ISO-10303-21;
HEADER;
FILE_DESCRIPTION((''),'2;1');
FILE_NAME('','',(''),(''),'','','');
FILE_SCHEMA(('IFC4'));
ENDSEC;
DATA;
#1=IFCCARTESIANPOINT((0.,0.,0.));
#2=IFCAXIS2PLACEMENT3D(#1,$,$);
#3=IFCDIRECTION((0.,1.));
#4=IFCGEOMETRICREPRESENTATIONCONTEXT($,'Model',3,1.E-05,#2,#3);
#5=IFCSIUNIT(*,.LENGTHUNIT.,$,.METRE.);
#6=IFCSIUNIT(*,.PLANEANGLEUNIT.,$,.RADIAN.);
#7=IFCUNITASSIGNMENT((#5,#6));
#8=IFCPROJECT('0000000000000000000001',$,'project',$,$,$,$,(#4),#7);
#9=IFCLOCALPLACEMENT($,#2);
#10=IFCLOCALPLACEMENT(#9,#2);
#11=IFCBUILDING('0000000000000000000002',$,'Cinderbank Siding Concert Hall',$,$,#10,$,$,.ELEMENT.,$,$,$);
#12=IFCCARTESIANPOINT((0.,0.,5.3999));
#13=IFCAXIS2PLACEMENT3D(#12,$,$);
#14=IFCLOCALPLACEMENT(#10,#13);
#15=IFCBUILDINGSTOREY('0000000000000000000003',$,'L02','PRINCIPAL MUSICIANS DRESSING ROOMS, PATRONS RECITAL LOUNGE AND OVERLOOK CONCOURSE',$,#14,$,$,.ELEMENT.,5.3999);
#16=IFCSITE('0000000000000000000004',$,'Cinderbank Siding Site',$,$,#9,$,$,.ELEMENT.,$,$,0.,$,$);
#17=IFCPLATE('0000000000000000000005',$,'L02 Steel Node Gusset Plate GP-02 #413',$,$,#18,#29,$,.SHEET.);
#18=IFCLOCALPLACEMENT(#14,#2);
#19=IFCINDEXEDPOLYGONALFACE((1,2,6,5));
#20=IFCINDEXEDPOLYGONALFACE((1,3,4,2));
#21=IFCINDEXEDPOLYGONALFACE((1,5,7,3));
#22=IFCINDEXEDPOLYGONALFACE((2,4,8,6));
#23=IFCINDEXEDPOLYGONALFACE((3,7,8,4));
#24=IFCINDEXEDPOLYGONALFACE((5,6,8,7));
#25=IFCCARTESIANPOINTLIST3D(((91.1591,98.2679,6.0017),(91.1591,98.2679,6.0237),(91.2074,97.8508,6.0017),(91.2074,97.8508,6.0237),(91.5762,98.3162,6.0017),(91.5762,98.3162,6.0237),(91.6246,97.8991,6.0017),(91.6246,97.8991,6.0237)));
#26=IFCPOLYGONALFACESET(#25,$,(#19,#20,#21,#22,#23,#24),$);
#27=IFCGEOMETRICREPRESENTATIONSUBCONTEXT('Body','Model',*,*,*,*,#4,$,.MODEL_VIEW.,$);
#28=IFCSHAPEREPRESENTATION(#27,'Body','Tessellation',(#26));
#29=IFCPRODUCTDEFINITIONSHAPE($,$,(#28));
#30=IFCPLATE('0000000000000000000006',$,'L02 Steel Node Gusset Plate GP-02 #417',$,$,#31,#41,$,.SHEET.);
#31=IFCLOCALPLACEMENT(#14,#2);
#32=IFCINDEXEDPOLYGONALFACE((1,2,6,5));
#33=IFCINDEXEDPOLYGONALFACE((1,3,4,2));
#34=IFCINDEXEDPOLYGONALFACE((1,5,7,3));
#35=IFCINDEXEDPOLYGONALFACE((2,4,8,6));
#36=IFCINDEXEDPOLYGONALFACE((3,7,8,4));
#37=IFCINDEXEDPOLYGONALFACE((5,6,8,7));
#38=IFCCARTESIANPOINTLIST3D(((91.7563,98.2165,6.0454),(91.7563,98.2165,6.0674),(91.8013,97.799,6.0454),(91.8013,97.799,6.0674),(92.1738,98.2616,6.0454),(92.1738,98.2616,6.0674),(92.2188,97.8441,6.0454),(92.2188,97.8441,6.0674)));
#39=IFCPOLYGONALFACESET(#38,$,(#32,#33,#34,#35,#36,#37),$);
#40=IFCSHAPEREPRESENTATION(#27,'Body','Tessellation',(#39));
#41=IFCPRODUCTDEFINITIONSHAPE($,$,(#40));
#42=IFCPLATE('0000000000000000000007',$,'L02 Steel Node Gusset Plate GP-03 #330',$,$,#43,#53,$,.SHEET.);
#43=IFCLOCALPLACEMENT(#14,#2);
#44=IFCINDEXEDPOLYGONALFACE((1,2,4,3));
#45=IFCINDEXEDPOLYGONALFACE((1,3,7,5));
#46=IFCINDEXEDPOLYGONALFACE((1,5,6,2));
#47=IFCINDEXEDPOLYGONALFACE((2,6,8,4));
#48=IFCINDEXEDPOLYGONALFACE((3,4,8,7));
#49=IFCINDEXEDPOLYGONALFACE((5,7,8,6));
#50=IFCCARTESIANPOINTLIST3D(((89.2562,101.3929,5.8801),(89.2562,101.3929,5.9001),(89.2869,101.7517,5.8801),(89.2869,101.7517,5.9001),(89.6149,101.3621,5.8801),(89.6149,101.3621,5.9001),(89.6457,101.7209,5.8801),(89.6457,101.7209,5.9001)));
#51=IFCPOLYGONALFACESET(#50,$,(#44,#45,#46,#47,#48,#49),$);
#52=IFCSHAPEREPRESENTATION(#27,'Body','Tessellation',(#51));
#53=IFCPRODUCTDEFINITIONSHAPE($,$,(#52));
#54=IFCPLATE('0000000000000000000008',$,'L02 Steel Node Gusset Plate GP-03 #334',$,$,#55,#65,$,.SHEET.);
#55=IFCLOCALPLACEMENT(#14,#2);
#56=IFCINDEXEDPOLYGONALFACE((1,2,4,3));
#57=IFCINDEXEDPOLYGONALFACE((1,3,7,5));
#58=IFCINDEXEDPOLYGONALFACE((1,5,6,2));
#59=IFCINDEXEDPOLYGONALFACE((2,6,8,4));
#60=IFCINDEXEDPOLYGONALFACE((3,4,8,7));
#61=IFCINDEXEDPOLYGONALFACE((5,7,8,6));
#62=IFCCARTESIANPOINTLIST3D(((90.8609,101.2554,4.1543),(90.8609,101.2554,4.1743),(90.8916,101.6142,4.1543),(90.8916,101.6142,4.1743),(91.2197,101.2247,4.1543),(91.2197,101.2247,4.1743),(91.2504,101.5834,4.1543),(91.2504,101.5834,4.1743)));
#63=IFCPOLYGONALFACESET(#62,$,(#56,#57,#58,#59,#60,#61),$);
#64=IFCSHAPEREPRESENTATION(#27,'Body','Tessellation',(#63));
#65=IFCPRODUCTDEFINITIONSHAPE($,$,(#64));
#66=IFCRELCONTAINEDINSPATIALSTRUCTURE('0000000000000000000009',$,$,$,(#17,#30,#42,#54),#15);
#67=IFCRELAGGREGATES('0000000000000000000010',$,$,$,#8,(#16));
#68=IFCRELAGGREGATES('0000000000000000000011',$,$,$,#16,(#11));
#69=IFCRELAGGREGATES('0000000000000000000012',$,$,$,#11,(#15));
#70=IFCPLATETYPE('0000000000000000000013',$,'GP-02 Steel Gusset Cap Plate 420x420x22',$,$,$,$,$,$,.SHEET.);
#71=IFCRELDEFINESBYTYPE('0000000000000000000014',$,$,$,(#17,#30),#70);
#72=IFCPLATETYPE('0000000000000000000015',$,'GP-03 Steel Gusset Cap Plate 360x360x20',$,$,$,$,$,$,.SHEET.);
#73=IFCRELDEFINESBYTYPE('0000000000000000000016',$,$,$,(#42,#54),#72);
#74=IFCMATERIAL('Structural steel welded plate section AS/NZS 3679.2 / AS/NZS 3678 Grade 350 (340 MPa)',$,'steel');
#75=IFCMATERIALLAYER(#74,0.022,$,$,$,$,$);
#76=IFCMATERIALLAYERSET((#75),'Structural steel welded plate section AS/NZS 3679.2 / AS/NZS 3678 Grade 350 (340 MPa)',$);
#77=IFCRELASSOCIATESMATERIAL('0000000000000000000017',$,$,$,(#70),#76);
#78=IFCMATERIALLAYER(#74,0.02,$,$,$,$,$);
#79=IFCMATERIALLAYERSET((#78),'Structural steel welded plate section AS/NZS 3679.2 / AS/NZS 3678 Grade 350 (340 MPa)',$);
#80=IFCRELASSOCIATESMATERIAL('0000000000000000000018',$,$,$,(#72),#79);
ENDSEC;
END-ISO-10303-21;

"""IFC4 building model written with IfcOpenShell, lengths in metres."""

from ifc_helpers import new_model, si_unit, direction, frame, origin, origin_2d, place, context, subcontext, project, spatial, rectangle, extrude, material, layer, layer_set, type_object, element, save


model = new_model("IFC4")

# Units and contexts
model_context = context("Model", 3, precision=1e-05, world=origin(), true_north=direction((0.0, 1.0)))
body_context = subcontext(model_context, "Body", "Model", "MODEL_VIEW")
ifc_project = project(units=[si_unit("LENGTHUNIT", "METRE"), si_unit("PLANEANGLEUNIT", "RADIAN")], contexts=[model_context])

# Site, building, storey
site_placement = place(None, origin())
site = spatial("IfcSite", under=ifc_project, at=site_placement, Name="Cinderbank Siding Site", CompositionType="ELEMENT", RefElevation=0.0)
building_placement = place(site_placement, origin())
building = spatial("IfcBuilding", under=site, at=building_placement, Name="Cinderbank Siding Concert Hall", CompositionType="ELEMENT")
storey_placement = place(building_placement, frame((0.0, 0.0, 5.3999)))
storey = spatial("IfcBuildingStorey", under=building, at=storey_placement, Name="L02", Description="PRINCIPAL MUSICIANS DRESSING ROOMS, PATRONS RECITAL LOUNGE AND OVERLOOK CONCOURSE", CompositionType="ELEMENT", Elevation=5.3999)

# Plates
ifc_material_1 = material(Name="Structural steel welded plate section AS/NZS 3679.2 / AS/NZS 3678 Grade 350 (340 MPa)", Category="steel")
ifc_layer_1 = layer(ifc_material_1, 0.022)
ifc_layer_set_1 = layer_set([ifc_layer_1], Name="Structural steel welded plate section AS/NZS 3679.2 / AS/NZS 3678 Grade 350 (340 MPa)")
plate_type_1 = type_object("IfcPlateType", Name="GP-02 Steel Gusset Cap Plate 420x420x22", PredefinedType="SHEET", material=ifc_layer_set_1)
for number, where, z_axis, x_axis, name in (
    (1, (91.3918, 98.0835, 6.0017), (0.0, 0.0, 1.0), (0.115111, -0.993353, 0.0), "L02 Steel Node Gusset Plate GP-02 #413"),
    (2, (91.9875, 98.0303, 6.0454), (0.0, 0.0, 1.0), (0.107305, -0.994226, 0.0), "L02 Steel Node Gusset Plate GP-02 #417"),
):
    element("IfcPlate", number, at=place(storey_placement, frame(where, z_axis=z_axis, x_axis=x_axis)), inside=storey, type_object=plate_type_1, Name=name, PredefinedType="SHEET", context=body_context, shape_type="SweptSolid", body=[
        extrude(rectangle(XDim=0.4199, YDim=0.4199, at=origin_2d()), origin(), (0.0, 0.0, 1.0), 0.022),
    ])
ifc_layer_2 = layer(ifc_material_1, 0.02)
ifc_layer_set_2 = layer_set([ifc_layer_2], Name="Structural steel welded plate section AS/NZS 3679.2 / AS/NZS 3678 Grade 350 (340 MPa)")
plate_type_2 = type_object("IfcPlateType", Name="GP-03 Steel Gusset Cap Plate 360x360x20", PredefinedType="SHEET", material=ifc_layer_set_2)
for number, where, z_axis, x_axis, name in (
    (3, (89.4509, 101.5569, 5.8801), (0.0, 0.0, 1.0), (0.996345, -0.085417, 0.0), "L02 Steel Node Gusset Plate GP-03 #330"),
    (4, (91.0557, 101.4194, 4.1543), (0.0, 0.0, 1.0), (0.996345, -0.085417, 0.0), "L02 Steel Node Gusset Plate GP-03 #334"),
):
    element("IfcPlate", number, at=place(storey_placement, frame(where, z_axis=z_axis, x_axis=x_axis)), inside=storey, type_object=plate_type_2, Name=name, PredefinedType="SHEET", context=body_context, shape_type="SweptSolid", body=[
        extrude(rectangle(XDim=0.3601, YDim=0.3601, at=origin_2d()), origin(), (0.0, 0.0, 1.0), 0.02),
    ])

save(model, "model.ifc")
